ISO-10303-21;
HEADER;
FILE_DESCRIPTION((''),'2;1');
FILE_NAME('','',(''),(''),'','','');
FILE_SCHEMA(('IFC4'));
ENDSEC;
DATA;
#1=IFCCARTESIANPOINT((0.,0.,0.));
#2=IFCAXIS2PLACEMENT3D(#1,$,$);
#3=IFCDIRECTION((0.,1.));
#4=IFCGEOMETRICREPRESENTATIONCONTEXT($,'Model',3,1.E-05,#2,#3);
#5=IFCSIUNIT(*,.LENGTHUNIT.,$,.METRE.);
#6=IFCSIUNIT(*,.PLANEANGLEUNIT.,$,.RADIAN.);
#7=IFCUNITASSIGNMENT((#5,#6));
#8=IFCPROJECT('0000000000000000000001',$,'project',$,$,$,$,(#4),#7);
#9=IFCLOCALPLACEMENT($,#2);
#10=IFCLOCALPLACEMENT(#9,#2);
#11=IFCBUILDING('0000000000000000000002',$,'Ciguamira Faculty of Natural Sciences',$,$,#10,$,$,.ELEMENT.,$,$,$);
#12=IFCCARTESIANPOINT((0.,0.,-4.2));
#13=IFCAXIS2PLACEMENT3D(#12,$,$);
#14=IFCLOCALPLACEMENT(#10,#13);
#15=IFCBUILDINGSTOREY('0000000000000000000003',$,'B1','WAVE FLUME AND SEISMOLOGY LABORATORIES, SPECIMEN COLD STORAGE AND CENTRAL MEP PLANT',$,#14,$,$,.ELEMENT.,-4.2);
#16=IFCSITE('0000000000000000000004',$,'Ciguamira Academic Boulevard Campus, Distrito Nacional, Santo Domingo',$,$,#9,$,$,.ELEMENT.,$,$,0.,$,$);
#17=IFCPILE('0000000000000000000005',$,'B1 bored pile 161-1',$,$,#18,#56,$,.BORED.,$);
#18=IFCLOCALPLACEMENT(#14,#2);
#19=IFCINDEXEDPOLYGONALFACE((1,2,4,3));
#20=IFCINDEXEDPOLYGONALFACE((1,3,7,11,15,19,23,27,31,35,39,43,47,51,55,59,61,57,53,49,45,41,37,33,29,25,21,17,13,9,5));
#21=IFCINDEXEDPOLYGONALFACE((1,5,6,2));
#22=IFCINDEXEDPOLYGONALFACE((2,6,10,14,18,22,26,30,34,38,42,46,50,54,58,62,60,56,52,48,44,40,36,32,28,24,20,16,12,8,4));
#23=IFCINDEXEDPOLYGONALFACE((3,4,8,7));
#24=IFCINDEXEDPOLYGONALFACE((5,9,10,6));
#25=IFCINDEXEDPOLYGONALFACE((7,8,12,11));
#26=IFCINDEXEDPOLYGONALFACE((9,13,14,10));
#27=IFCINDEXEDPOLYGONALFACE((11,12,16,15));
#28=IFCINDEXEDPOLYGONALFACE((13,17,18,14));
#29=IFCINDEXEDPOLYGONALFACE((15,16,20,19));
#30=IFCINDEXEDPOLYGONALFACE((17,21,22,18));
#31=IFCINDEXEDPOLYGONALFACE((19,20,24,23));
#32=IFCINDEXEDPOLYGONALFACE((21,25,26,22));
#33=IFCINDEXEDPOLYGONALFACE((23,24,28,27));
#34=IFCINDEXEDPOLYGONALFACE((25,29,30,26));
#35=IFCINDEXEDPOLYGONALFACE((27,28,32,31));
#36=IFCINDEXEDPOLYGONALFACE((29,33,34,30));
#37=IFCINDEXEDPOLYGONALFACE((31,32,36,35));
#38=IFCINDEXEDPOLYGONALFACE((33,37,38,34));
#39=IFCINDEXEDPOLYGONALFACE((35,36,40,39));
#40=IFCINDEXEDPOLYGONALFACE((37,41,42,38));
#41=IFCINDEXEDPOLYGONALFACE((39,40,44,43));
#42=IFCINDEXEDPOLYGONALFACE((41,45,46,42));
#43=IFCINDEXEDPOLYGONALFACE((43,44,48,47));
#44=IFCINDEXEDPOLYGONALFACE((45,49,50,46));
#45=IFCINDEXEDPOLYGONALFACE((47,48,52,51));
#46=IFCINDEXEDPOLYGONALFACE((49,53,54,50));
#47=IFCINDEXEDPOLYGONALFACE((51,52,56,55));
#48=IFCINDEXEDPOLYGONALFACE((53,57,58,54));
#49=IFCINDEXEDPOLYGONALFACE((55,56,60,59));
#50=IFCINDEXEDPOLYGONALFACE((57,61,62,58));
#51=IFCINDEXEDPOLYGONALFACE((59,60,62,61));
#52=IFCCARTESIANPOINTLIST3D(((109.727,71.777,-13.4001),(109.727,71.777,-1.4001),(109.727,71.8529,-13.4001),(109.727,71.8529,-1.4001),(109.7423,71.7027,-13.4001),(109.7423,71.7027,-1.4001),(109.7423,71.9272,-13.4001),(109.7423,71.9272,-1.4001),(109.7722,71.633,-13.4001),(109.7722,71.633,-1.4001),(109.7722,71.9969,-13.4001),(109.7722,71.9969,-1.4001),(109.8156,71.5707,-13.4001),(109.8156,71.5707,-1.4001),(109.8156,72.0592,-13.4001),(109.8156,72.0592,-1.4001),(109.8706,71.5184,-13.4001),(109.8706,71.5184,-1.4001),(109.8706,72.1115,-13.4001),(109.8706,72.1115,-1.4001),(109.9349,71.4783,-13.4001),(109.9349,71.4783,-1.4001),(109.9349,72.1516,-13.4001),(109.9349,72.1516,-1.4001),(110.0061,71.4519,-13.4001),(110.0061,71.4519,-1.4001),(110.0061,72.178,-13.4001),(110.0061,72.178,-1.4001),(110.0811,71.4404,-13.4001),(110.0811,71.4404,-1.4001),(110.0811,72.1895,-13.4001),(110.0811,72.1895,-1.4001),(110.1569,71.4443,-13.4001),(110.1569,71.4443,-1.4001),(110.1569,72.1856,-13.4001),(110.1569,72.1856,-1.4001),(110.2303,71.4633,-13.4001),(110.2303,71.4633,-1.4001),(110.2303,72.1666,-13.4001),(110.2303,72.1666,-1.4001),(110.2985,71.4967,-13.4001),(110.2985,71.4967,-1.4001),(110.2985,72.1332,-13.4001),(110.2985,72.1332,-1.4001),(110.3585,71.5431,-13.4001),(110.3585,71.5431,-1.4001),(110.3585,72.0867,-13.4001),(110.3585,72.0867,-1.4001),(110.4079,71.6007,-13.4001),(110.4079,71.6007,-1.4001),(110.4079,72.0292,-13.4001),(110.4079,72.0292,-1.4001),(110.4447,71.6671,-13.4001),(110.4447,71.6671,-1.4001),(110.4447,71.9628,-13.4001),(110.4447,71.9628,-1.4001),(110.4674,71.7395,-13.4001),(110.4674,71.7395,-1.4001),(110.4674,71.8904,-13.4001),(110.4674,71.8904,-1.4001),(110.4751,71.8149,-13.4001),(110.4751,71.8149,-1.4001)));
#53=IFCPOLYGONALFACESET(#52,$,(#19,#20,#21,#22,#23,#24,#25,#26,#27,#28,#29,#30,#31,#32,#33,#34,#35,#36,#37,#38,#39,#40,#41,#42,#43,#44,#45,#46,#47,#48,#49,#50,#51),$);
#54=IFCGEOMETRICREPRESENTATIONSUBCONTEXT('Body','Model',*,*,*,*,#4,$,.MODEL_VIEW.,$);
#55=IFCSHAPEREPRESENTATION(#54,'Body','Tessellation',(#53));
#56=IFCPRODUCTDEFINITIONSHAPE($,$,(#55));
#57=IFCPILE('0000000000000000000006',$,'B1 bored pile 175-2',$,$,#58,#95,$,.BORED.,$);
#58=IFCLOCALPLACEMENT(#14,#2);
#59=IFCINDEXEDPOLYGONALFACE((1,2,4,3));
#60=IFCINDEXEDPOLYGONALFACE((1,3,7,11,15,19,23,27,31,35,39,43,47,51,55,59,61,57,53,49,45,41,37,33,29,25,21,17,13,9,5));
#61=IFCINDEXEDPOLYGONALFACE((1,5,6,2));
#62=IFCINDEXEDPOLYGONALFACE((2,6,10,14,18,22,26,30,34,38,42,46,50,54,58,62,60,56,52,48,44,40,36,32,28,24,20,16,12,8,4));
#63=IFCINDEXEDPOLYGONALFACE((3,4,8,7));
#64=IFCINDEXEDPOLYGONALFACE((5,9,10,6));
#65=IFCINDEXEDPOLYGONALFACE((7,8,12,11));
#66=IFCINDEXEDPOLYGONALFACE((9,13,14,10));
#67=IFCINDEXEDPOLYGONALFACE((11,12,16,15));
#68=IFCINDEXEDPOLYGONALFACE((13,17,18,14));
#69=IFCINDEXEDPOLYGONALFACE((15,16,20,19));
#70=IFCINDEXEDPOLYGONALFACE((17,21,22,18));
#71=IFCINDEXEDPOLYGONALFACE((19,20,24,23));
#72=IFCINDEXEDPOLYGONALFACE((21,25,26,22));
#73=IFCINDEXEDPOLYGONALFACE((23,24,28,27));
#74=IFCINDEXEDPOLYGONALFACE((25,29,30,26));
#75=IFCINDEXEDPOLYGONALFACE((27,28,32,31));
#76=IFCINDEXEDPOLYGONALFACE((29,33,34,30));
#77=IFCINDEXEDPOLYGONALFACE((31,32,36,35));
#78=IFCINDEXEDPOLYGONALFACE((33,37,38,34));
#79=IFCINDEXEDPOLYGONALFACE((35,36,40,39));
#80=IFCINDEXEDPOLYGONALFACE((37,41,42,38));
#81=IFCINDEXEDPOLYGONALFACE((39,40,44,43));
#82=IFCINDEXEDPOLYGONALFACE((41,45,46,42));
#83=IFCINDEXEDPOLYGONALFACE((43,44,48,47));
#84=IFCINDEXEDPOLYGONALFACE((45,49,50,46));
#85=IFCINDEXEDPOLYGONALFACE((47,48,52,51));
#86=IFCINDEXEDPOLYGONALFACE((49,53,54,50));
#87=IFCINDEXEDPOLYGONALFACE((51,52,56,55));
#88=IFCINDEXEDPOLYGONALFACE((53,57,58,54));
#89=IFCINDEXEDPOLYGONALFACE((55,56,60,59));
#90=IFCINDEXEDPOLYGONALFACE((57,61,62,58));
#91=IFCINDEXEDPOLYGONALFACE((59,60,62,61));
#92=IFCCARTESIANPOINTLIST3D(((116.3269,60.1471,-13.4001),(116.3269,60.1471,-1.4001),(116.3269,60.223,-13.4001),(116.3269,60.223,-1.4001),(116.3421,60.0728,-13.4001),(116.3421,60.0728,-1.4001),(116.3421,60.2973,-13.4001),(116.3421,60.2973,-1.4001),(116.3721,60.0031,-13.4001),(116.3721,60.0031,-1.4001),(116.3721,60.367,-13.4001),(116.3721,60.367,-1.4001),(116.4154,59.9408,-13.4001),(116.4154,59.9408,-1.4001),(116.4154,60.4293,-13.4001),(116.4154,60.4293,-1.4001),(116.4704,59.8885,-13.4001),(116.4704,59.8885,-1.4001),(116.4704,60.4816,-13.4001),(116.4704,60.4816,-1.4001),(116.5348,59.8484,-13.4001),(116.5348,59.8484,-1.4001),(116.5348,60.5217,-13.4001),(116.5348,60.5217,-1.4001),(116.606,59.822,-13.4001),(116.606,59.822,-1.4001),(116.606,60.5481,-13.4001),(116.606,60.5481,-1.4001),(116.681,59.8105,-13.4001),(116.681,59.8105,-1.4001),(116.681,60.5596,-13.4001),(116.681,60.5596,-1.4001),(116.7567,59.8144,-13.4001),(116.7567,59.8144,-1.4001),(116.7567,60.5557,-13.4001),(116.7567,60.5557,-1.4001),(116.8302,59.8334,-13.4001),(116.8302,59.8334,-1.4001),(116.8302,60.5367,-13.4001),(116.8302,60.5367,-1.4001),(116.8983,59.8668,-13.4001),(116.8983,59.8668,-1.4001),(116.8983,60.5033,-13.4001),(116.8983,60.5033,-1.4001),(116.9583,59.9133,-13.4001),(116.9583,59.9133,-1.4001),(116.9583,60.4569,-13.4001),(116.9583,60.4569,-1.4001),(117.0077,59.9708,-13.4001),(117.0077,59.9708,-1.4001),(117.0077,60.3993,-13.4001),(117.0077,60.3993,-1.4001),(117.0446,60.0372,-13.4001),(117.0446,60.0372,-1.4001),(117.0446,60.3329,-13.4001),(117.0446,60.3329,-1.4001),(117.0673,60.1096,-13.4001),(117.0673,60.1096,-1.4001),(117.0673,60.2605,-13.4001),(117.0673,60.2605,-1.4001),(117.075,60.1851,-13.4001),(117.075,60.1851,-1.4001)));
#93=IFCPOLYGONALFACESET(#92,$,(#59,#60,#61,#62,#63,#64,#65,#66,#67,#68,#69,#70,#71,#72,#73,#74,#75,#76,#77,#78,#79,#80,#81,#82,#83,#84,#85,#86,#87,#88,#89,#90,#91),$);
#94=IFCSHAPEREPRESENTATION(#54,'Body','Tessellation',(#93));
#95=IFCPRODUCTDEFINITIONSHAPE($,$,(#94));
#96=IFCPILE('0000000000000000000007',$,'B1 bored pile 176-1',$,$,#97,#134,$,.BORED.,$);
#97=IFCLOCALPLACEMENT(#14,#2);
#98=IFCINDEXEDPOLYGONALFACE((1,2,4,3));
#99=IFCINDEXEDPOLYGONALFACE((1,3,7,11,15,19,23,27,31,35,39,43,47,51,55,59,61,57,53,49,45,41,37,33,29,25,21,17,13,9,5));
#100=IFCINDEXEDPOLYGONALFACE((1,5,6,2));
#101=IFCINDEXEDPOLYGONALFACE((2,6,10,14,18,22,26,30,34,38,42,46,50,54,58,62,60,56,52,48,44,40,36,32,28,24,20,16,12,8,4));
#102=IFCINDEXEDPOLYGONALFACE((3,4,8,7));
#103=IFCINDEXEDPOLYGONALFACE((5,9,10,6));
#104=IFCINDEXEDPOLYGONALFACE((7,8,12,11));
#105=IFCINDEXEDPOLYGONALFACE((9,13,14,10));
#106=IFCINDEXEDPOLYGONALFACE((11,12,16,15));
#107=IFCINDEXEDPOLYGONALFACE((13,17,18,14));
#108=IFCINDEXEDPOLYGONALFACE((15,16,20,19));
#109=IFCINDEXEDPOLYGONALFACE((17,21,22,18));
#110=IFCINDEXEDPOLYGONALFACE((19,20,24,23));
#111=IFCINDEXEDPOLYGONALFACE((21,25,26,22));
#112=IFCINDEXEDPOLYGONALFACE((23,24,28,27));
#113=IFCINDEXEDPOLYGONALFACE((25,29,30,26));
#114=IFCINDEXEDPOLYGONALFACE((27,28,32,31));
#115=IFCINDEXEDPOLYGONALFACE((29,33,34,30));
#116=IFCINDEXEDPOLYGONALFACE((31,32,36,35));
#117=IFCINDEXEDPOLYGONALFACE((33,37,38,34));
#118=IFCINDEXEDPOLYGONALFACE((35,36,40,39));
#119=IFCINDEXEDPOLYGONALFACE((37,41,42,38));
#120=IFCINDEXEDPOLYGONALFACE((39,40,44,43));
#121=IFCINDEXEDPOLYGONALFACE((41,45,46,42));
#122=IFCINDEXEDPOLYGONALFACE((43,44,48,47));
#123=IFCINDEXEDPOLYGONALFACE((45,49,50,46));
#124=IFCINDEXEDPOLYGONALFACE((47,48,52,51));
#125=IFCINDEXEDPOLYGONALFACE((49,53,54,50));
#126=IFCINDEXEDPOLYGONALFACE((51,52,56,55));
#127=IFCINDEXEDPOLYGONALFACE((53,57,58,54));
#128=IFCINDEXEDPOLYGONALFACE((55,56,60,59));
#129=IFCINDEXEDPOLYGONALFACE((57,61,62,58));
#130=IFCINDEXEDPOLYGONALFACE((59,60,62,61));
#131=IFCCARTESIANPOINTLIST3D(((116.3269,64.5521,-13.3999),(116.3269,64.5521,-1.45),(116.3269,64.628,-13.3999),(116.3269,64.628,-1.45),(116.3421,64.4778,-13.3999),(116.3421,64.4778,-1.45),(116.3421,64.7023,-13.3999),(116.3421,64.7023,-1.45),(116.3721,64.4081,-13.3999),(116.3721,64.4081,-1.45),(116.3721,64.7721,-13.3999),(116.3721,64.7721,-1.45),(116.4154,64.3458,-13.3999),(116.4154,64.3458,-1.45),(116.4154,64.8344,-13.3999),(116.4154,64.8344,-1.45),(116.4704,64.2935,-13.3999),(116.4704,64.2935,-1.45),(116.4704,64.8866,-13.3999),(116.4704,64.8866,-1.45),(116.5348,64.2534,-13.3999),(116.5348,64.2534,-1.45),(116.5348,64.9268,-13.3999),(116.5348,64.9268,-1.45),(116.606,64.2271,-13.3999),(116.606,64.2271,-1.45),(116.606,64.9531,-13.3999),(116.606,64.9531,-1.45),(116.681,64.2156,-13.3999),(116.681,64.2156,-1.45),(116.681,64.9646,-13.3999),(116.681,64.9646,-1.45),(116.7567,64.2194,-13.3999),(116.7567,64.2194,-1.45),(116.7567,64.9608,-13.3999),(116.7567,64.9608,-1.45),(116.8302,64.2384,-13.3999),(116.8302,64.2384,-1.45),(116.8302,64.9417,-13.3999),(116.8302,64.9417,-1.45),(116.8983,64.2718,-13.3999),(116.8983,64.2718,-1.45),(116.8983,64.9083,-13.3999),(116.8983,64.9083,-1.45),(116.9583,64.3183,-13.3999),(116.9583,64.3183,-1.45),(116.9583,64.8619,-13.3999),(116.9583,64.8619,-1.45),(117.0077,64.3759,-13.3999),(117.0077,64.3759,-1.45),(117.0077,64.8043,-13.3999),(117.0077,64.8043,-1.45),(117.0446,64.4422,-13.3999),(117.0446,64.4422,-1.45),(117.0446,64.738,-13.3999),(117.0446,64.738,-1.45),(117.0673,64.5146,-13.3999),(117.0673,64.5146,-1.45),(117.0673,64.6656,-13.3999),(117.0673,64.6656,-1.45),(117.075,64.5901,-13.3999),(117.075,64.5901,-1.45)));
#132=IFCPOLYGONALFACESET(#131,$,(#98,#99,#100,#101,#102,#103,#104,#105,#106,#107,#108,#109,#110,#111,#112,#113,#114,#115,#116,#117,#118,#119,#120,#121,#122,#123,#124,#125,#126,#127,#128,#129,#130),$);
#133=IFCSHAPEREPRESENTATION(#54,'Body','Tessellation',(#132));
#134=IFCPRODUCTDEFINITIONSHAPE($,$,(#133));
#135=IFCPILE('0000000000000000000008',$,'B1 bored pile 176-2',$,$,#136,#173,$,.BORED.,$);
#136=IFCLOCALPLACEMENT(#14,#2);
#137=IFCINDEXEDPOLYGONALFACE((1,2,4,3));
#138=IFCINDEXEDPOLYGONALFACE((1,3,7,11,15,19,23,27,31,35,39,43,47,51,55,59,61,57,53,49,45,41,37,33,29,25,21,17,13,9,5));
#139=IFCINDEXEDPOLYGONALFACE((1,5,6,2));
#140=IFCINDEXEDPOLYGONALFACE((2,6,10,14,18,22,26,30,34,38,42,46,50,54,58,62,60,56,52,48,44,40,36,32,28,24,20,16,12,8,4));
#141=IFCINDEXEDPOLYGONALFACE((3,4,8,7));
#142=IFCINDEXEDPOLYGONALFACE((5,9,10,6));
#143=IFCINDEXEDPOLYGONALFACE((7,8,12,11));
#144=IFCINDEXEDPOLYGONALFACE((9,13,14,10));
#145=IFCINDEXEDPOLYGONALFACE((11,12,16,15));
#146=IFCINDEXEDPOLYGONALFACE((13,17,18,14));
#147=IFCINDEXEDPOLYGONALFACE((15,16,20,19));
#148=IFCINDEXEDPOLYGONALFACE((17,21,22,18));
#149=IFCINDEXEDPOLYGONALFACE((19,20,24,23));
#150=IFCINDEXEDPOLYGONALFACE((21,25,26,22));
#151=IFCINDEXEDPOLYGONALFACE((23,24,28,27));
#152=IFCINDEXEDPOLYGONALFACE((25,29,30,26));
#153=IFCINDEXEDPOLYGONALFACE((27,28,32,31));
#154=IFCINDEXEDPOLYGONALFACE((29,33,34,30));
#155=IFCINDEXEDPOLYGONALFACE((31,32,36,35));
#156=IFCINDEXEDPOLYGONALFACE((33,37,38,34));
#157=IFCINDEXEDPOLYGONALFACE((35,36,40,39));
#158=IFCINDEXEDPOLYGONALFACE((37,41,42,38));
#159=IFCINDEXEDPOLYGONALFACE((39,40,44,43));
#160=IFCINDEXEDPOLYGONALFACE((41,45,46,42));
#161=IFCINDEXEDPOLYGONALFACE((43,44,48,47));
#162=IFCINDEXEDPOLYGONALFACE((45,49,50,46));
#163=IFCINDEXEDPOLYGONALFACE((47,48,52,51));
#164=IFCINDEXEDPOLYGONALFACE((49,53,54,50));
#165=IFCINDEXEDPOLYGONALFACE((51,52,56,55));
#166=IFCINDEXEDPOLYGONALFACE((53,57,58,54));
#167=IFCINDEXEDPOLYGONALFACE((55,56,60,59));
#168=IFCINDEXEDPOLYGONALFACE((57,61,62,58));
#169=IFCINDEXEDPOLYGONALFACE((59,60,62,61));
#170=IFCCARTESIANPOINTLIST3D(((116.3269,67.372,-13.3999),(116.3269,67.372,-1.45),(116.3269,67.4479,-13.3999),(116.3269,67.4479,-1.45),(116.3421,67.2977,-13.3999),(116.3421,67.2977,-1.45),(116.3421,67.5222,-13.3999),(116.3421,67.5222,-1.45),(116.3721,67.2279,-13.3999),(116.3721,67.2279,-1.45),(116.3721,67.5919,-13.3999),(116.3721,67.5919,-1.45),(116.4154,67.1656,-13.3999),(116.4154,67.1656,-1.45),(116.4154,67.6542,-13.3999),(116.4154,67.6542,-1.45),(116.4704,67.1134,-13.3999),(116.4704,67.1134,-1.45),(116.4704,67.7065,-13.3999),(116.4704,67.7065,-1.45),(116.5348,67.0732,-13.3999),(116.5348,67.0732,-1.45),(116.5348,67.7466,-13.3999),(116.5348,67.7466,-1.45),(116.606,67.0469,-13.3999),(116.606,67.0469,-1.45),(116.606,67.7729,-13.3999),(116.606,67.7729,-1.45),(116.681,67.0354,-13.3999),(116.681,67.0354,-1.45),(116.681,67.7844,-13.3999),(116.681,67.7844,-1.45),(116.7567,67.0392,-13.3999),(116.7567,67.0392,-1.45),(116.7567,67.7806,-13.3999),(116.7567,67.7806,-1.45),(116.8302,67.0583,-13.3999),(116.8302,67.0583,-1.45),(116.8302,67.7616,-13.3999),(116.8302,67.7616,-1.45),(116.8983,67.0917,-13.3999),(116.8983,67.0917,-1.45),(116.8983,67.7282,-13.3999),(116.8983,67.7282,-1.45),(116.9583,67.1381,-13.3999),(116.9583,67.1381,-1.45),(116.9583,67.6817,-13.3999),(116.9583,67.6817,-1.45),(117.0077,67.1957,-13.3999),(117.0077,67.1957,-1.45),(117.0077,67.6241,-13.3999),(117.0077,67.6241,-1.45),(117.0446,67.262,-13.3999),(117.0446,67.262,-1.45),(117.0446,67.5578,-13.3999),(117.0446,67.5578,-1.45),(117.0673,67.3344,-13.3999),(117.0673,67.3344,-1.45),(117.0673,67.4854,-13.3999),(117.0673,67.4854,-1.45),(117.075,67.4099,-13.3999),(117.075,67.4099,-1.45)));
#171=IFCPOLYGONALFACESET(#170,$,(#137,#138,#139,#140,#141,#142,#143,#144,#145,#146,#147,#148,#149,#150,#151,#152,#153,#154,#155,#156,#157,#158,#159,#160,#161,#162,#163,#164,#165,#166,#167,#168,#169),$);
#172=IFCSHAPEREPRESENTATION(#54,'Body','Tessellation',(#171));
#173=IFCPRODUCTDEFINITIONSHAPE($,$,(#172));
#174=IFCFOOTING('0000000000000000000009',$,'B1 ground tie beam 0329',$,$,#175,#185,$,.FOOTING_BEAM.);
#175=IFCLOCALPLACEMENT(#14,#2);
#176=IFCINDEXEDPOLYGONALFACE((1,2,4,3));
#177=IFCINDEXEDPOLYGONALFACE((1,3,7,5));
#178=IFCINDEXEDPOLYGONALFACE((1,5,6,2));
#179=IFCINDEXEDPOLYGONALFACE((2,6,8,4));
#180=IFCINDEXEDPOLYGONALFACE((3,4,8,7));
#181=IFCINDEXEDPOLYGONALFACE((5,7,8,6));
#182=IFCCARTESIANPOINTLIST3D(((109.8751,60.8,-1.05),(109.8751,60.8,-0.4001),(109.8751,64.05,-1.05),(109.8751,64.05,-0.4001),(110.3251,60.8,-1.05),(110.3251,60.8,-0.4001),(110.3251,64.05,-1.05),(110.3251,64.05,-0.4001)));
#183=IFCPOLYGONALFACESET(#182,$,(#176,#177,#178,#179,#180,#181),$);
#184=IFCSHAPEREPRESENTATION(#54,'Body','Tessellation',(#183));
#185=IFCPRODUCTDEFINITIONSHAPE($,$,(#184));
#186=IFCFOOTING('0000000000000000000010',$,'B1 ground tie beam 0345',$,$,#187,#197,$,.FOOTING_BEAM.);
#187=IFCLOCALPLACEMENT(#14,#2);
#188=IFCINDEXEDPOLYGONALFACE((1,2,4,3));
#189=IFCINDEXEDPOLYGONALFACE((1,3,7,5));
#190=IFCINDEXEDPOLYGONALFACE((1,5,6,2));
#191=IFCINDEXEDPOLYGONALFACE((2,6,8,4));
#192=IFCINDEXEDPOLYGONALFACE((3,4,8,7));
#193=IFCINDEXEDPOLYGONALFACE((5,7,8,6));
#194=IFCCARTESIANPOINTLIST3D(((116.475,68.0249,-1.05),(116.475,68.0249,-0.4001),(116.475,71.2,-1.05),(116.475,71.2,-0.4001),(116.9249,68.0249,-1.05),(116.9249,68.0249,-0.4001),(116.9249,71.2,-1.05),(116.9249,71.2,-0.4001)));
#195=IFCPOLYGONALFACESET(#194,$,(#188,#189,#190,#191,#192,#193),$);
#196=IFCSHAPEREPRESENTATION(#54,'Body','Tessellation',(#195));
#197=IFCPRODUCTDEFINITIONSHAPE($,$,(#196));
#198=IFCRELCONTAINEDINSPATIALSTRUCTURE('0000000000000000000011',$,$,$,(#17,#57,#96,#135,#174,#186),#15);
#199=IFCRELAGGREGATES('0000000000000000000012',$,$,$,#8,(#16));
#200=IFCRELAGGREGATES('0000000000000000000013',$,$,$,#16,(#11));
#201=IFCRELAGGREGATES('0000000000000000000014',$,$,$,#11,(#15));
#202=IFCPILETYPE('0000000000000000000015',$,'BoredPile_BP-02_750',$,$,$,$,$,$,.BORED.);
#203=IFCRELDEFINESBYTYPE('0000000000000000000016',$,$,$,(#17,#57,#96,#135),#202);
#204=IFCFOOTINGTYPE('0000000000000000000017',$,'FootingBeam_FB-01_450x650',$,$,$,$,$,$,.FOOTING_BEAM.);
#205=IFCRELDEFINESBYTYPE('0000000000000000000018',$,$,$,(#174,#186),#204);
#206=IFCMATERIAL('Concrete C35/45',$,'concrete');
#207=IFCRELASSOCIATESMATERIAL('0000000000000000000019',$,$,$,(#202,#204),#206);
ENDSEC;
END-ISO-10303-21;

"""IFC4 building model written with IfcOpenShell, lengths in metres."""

from ifc_helpers import new_model, si_unit, direction, frame, origin, origin_2d, place, context, subcontext, project, spatial, rectangle, circle, extrude, material, material_profile, profile_set, type_object, element, save


model = new_model("IFC4")

# Units and contexts
model_context = context("Model", 3, precision=1e-05, world=origin(), true_north=direction((0.0, 1.0)))
body_context = subcontext(model_context, "Body", "Model", "MODEL_VIEW")
ifc_project = project(units=[si_unit("LENGTHUNIT", "METRE"), si_unit("PLANEANGLEUNIT", "RADIAN")], contexts=[model_context])

# Site, building, storey
site_placement = place(None, origin())
site = spatial("IfcSite", under=ifc_project, at=site_placement, Name="Ciguamira Academic Boulevard Campus, Distrito Nacional, Santo Domingo", CompositionType="ELEMENT", RefElevation=0.0)
building_placement = place(site_placement, origin())
building = spatial("IfcBuilding", under=site, at=building_placement, Name="Ciguamira Faculty of Natural Sciences", CompositionType="ELEMENT")
storey_placement = place(building_placement, frame((0.0, 0.0, -4.2)))
storey = spatial("IfcBuildingStorey", under=building, at=storey_placement, Name="B1", Description="WAVE FLUME AND SEISMOLOGY LABORATORIES, SPECIMEN COLD STORAGE AND CENTRAL MEP PLANT", CompositionType="ELEMENT", Elevation=-4.2)

# Piles
ifc_material_1 = material(Name="Concrete C35/45", Category="concrete")
ifc_material_profile_1 = material_profile(ifc_material_1, circle(Radius=0.375, at=origin_2d()), Name="PILE-BORED-750")
ifc_profile_set_1 = profile_set([ifc_material_profile_1], Name="Concrete C35/45")
pile_type = type_object("IfcPileType", Name="BoredPile_BP-02_750", PredefinedType="BORED", material=ifc_profile_set_1)
for number, where, z_axis, x_axis, name in (
    (1, (110.1001, 71.8149, -1.4001), (0.0, 0.0, -1.0), (1.0, 0.0, 0.0), "B1 bored pile 161-1"),
    (2, (116.7, 60.1851, -1.4001), (0.0, 0.0, -1.0), (1.0, 0.0, 0.0), "B1 bored pile 175-2"),
):
    element("IfcPile", number, at=place(storey_placement, frame(where, z_axis=z_axis, x_axis=x_axis)), inside=storey, type_object=pile_type, Name=name, PredefinedType="BORED", context=body_context, shape_type="SweptSolid", body=[
        extrude(circle(Radius=0.375, at=origin_2d()), origin(), (0.0, 0.0, 1.0), 12.0),
    ])
for number, where, z_axis, x_axis, name in (
    (3, (116.7, 64.5901, -1.45), (0.0, 0.0, -1.0), (1.0, 0.0, 0.0), "B1 bored pile 176-1"),
    (4, (116.7, 67.4099, -1.45), (0.0, 0.0, -1.0), (1.0, 0.0, 0.0), "B1 bored pile 176-2"),
):
    element("IfcPile", number, at=place(storey_placement, frame(where, z_axis=z_axis, x_axis=x_axis)), inside=storey, type_object=pile_type, Name=name, PredefinedType="BORED", context=body_context, shape_type="SweptSolid", body=[
        extrude(circle(Radius=0.375, at=origin_2d()), origin(), (0.0, 0.0, 1.0), 11.95),
    ])

# Footings
ifc_material_profile_2 = material_profile(ifc_material_1, rectangle(XDim=0.45, YDim=0.6499, at=origin_2d()), Name="RC-FB-450X650")
ifc_profile_set_2 = profile_set([ifc_material_profile_2], Name="Concrete C35/45")
footing_type_1 = type_object("IfcFootingType", Name="FootingBeam_FB-01_450x650", PredefinedType="FOOTING_BEAM", material=ifc_profile_set_2)
footing_1_placement = place(storey_placement, frame((110.1001, 60.8, -0.7251), z_axis=(0.0, 1.0, 0.0), x_axis=(-1.0, 0.0, 0.0)))
element("IfcFooting", 5, at=footing_1_placement, inside=storey, type_object=footing_type_1, Name="B1 ground tie beam 0329", PredefinedType="FOOTING_BEAM", context=body_context, shape_type="SweptSolid", body=[
    extrude(rectangle(XDim=0.45, YDim=0.6499, at=origin_2d()), origin(), (0.0, 0.0, 1.0), 3.25),
])
footing_2_placement = place(storey_placement, frame((116.7, 68.0249, -0.7251), z_axis=(0.0, 1.0, 0.0), x_axis=(-1.0, 0.0, 0.0)))
element("IfcFooting", 6, at=footing_2_placement, inside=storey, type_object=footing_type_1, Name="B1 ground tie beam 0345", PredefinedType="FOOTING_BEAM", context=body_context, shape_type="SweptSolid", body=[
    extrude(rectangle(XDim=0.45, YDim=0.6499, at=origin_2d()), origin(), (0.0, 0.0, 1.0), 3.175),
])

save(model, "model.ifc")
